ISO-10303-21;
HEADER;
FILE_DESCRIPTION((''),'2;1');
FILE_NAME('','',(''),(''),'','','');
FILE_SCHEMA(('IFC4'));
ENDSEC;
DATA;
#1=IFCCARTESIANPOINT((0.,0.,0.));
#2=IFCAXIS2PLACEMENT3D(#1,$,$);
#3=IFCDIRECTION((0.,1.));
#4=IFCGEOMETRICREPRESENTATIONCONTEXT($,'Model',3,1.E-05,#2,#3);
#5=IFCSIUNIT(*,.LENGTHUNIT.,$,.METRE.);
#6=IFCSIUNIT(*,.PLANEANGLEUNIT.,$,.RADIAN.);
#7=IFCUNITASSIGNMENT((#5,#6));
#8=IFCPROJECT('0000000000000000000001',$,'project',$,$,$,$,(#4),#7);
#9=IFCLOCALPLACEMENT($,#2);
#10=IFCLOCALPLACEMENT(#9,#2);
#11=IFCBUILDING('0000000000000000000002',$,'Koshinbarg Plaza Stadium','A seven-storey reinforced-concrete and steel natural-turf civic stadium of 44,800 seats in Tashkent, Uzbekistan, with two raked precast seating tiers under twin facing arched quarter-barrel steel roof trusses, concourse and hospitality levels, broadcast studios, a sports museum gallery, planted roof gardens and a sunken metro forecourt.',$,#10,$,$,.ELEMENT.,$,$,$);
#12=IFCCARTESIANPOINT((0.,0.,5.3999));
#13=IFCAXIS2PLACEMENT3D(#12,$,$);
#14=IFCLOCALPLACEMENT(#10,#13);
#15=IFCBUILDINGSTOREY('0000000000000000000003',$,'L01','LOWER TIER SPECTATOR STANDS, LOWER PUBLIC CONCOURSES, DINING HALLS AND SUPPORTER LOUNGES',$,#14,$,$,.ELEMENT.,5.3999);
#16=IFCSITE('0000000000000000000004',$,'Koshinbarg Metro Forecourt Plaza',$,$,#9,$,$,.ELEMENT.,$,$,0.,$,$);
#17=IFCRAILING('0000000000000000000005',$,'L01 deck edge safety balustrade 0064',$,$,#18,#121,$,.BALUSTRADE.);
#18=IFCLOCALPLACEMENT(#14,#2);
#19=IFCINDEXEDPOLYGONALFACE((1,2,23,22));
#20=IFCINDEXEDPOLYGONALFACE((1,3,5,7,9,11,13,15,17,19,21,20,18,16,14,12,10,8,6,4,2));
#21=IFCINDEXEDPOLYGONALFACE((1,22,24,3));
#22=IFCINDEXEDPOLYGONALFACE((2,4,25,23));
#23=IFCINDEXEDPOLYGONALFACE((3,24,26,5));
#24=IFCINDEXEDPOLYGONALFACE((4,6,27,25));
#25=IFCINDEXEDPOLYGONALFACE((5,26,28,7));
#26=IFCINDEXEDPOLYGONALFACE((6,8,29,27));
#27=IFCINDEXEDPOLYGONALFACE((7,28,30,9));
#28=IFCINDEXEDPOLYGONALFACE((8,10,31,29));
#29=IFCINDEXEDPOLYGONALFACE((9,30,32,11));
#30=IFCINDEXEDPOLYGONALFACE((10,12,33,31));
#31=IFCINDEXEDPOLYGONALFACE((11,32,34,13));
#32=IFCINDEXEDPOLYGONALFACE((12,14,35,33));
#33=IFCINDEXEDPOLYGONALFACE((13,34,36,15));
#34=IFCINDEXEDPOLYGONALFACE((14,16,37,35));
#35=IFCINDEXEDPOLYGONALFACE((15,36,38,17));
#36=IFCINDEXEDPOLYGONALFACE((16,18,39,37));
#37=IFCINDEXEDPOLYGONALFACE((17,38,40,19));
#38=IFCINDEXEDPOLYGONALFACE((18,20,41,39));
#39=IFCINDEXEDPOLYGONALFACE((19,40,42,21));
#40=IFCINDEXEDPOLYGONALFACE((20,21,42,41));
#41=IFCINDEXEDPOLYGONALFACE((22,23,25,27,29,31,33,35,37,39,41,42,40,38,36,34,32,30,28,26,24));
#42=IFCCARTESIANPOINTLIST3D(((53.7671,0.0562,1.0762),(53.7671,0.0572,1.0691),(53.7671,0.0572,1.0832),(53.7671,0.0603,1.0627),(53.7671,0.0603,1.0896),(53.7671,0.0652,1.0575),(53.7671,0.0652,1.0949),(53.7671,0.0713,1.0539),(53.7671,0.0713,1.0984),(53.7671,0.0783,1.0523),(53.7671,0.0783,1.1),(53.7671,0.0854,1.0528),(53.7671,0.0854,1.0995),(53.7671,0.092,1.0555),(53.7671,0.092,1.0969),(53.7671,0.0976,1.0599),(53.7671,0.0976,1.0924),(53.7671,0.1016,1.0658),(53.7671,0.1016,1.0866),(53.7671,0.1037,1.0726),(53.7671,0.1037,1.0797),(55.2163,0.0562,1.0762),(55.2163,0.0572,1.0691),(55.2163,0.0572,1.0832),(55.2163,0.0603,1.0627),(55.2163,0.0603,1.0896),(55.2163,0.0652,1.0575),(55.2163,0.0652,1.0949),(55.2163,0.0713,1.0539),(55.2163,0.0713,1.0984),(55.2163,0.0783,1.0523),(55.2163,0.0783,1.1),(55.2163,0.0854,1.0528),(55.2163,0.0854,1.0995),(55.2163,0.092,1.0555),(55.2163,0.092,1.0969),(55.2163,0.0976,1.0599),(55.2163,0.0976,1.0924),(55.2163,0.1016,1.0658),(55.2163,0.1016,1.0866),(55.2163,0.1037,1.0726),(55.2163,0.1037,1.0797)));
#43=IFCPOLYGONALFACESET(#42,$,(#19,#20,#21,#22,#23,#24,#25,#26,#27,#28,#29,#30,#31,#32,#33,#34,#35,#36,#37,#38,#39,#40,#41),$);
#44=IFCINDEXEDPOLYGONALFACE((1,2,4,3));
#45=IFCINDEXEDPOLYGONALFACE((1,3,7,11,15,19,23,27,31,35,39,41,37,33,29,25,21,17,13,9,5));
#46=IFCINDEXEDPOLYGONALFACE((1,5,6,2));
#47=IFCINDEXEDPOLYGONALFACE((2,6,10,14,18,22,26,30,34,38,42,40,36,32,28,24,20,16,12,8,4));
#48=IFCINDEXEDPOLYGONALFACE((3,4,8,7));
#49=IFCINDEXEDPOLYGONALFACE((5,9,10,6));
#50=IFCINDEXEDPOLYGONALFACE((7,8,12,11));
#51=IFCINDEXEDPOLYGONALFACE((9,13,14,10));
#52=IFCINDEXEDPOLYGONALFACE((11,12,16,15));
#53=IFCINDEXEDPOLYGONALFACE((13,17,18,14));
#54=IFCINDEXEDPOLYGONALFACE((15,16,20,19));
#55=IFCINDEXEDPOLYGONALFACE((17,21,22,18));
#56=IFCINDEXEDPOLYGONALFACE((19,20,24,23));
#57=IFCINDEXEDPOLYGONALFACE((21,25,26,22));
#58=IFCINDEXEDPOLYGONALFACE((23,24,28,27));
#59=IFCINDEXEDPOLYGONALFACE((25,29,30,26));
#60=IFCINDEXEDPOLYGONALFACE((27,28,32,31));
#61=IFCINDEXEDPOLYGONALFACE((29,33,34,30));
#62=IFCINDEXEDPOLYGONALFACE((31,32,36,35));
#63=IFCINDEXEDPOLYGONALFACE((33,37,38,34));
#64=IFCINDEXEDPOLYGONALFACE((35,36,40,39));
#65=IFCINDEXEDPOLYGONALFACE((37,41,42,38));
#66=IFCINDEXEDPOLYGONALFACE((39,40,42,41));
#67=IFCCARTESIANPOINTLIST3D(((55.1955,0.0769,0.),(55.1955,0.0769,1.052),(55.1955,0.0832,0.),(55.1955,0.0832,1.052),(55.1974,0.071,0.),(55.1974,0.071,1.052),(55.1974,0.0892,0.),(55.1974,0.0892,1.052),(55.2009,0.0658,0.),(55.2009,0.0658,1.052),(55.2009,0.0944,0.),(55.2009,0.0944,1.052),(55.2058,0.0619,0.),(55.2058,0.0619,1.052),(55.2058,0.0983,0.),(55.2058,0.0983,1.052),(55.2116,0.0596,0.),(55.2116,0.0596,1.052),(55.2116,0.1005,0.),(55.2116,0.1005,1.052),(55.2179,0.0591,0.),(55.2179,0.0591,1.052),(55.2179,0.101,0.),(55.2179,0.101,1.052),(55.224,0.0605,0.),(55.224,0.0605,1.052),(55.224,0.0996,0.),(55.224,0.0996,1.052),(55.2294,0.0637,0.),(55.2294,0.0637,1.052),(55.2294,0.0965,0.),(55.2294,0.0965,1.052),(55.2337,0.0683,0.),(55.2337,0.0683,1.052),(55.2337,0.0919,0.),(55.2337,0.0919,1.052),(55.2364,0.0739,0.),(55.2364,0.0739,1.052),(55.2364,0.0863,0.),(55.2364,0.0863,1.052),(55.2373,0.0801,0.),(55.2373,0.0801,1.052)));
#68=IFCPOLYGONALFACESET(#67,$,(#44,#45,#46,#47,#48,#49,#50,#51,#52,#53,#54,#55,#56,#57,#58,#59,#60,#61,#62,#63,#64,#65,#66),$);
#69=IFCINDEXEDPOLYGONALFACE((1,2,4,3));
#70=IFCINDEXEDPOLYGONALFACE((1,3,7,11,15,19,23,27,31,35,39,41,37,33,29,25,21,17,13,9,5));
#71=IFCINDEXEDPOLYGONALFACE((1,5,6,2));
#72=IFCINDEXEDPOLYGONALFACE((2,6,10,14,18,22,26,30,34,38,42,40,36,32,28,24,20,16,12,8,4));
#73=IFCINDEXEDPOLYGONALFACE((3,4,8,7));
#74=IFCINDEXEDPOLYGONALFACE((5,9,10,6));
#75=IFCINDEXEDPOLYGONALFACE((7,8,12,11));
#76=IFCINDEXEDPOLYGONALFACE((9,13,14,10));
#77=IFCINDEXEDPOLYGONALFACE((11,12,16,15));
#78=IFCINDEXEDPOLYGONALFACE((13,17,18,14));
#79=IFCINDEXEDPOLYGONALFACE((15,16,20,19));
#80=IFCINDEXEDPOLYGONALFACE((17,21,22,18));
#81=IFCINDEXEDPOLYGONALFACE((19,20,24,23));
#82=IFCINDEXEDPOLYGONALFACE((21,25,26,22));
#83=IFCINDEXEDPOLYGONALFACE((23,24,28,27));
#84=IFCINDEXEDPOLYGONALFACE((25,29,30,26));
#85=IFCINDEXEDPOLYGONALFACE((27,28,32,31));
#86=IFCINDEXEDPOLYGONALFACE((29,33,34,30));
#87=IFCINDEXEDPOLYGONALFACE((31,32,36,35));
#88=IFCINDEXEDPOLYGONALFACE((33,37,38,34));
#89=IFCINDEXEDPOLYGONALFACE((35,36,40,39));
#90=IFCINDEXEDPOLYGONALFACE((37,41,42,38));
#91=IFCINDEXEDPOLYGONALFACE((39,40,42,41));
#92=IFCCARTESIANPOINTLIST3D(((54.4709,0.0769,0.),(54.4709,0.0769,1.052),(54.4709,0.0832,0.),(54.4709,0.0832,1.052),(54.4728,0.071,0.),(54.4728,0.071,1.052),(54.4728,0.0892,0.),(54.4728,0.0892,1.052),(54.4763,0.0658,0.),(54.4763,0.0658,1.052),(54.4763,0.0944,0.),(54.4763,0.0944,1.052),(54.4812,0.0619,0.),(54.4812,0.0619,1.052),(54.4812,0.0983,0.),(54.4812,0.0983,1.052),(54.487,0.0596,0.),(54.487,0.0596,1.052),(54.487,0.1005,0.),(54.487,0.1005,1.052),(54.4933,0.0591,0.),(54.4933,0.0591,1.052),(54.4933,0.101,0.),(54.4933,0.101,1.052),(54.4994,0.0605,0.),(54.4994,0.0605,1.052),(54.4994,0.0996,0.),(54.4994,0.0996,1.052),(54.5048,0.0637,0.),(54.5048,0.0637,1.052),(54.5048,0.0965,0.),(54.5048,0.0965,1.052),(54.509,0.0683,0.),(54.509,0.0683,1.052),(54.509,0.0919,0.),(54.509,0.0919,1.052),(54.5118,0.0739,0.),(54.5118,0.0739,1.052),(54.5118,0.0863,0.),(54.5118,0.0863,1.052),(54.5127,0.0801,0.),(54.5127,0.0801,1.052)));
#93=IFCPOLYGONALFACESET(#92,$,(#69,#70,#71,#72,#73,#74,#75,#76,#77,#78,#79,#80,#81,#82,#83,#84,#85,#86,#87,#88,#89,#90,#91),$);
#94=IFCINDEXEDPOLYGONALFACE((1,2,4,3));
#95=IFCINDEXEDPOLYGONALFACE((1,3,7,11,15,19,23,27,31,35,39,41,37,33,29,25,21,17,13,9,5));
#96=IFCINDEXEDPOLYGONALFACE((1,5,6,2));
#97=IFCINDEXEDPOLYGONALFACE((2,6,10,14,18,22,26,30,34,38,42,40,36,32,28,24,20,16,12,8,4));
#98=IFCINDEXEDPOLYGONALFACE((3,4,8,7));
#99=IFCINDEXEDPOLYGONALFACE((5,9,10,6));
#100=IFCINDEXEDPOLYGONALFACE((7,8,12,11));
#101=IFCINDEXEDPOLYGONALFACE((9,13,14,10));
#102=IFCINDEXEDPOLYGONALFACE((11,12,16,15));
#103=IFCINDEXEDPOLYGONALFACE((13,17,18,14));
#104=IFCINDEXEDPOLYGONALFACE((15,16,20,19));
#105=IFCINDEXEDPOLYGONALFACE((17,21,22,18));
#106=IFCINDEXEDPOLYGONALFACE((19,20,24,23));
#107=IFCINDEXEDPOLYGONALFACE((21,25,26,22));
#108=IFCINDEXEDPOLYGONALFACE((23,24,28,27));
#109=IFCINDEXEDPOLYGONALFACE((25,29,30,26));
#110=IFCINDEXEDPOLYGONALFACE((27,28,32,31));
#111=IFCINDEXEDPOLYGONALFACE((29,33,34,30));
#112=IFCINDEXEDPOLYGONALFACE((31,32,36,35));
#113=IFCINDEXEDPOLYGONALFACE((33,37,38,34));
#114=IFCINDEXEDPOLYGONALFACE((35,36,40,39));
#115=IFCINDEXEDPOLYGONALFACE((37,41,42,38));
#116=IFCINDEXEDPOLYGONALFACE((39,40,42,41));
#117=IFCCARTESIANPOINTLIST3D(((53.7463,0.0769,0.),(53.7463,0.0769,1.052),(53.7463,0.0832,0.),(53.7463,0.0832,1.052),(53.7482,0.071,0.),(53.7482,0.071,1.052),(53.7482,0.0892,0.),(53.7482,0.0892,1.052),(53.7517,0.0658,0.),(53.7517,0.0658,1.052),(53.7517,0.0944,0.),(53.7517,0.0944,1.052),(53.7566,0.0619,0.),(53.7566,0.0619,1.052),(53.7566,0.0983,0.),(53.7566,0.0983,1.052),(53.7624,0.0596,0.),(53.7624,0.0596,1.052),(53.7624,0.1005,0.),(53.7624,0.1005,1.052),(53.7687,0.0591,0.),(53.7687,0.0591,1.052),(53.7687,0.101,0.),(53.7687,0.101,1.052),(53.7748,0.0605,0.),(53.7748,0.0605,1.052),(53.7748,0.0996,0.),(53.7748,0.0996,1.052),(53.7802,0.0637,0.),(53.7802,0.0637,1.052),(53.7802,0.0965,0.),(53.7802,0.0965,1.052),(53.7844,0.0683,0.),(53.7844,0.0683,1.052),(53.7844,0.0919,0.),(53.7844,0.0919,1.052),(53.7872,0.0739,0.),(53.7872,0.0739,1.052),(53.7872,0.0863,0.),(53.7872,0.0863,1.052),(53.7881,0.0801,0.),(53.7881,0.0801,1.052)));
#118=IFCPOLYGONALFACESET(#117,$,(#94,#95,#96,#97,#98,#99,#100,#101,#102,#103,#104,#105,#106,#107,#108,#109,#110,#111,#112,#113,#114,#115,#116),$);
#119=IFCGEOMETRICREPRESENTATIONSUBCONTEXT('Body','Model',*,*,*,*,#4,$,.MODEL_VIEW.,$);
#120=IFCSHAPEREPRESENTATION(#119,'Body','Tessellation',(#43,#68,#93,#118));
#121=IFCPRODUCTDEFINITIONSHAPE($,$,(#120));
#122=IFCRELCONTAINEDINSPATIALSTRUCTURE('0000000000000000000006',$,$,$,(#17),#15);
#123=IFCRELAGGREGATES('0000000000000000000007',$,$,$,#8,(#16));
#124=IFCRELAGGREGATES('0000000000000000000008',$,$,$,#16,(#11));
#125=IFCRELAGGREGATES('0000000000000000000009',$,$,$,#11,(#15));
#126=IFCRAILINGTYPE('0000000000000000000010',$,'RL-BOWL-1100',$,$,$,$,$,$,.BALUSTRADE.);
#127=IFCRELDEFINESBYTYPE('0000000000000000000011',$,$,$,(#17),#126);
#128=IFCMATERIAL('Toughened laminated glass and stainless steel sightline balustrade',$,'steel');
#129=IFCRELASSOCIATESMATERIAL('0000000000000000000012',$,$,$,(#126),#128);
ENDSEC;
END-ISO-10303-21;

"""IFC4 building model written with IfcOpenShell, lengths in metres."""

from ifc_helpers import new_model, si_unit, direction, frame, origin, origin_2d, place, context, subcontext, project, spatial, circle, extrude, material, type_object, element, save


model = new_model("IFC4")

# Units and contexts
model_context = context("Model", 3, precision=1e-05, world=origin(), true_north=direction((0.0, 1.0)))
body_context = subcontext(model_context, "Body", "Model", "MODEL_VIEW")
ifc_project = project(units=[si_unit("LENGTHUNIT", "METRE"), si_unit("PLANEANGLEUNIT", "RADIAN")], contexts=[model_context])

# Site, building, storey
site_placement = place(None, origin())
site = spatial("IfcSite", under=ifc_project, at=site_placement, Name="Koshinbarg Metro Forecourt Plaza", CompositionType="ELEMENT", RefElevation=0.0)
building_placement = place(site_placement, origin())
building = spatial("IfcBuilding", under=site, at=building_placement, Name="Koshinbarg Plaza Stadium", Description="A seven-storey reinforced-concrete and steel natural-turf civic stadium of 44,800 seats in Tashkent, Uzbekistan, with two raked precast seating tiers under twin facing arched quarter-barrel steel roof trusses, concourse and hospitality levels, broadcast studios, a sports museum gallery, planted roof gardens and a sunken metro forecourt.", CompositionType="ELEMENT")
storey_placement = place(building_placement, frame((0.0, 0.0, 5.3999)))
storey = spatial("IfcBuildingStorey", under=building, at=storey_placement, Name="L01", Description="LOWER TIER SPECTATOR STANDS, LOWER PUBLIC CONCOURSES, DINING HALLS AND SUPPORTER LOUNGES", CompositionType="ELEMENT", Elevation=5.3999)

# Railing
ifc_material_1 = material(Name="Toughened laminated glass and stainless steel sightline balustrade", Category="steel")
railing_type = type_object("IfcRailingType", Name="RL-BOWL-1100", PredefinedType="BALUSTRADE", material=ifc_material_1)
railing_1_placement = place(storey_placement, frame((55.2163, 0.0801, 0.0)))
element("IfcRailing", 1, at=railing_1_placement, inside=storey, type_object=railing_type, Name="L01 deck edge safety balustrade 0064", PredefinedType="BALUSTRADE", context=body_context, shape_type="SweptSolid", body=[
    extrude(circle(Radius=0.0239, at=origin_2d()), frame((0.0, 0.0, 1.0762), z_axis=(-1.0, 0.0, 0.0), x_axis=(0.0, -1.0, 0.0)), (0.0, 0.0, 1.0), 1.4492),
    extrude(circle(Radius=0.021, at=origin_2d()), origin(), (0.0, 0.0, 1.0), 1.052),
    extrude(circle(Radius=0.021, at=origin_2d()), frame((-0.7246, 0.0, 0.0)), (0.0, 0.0, 1.0), 1.052),
    extrude(circle(Radius=0.021, at=origin_2d()), frame((-1.4492, 0.0, 0.0)), (0.0, 0.0, 1.0), 1.052),
])

save(model, "model.ifc")
